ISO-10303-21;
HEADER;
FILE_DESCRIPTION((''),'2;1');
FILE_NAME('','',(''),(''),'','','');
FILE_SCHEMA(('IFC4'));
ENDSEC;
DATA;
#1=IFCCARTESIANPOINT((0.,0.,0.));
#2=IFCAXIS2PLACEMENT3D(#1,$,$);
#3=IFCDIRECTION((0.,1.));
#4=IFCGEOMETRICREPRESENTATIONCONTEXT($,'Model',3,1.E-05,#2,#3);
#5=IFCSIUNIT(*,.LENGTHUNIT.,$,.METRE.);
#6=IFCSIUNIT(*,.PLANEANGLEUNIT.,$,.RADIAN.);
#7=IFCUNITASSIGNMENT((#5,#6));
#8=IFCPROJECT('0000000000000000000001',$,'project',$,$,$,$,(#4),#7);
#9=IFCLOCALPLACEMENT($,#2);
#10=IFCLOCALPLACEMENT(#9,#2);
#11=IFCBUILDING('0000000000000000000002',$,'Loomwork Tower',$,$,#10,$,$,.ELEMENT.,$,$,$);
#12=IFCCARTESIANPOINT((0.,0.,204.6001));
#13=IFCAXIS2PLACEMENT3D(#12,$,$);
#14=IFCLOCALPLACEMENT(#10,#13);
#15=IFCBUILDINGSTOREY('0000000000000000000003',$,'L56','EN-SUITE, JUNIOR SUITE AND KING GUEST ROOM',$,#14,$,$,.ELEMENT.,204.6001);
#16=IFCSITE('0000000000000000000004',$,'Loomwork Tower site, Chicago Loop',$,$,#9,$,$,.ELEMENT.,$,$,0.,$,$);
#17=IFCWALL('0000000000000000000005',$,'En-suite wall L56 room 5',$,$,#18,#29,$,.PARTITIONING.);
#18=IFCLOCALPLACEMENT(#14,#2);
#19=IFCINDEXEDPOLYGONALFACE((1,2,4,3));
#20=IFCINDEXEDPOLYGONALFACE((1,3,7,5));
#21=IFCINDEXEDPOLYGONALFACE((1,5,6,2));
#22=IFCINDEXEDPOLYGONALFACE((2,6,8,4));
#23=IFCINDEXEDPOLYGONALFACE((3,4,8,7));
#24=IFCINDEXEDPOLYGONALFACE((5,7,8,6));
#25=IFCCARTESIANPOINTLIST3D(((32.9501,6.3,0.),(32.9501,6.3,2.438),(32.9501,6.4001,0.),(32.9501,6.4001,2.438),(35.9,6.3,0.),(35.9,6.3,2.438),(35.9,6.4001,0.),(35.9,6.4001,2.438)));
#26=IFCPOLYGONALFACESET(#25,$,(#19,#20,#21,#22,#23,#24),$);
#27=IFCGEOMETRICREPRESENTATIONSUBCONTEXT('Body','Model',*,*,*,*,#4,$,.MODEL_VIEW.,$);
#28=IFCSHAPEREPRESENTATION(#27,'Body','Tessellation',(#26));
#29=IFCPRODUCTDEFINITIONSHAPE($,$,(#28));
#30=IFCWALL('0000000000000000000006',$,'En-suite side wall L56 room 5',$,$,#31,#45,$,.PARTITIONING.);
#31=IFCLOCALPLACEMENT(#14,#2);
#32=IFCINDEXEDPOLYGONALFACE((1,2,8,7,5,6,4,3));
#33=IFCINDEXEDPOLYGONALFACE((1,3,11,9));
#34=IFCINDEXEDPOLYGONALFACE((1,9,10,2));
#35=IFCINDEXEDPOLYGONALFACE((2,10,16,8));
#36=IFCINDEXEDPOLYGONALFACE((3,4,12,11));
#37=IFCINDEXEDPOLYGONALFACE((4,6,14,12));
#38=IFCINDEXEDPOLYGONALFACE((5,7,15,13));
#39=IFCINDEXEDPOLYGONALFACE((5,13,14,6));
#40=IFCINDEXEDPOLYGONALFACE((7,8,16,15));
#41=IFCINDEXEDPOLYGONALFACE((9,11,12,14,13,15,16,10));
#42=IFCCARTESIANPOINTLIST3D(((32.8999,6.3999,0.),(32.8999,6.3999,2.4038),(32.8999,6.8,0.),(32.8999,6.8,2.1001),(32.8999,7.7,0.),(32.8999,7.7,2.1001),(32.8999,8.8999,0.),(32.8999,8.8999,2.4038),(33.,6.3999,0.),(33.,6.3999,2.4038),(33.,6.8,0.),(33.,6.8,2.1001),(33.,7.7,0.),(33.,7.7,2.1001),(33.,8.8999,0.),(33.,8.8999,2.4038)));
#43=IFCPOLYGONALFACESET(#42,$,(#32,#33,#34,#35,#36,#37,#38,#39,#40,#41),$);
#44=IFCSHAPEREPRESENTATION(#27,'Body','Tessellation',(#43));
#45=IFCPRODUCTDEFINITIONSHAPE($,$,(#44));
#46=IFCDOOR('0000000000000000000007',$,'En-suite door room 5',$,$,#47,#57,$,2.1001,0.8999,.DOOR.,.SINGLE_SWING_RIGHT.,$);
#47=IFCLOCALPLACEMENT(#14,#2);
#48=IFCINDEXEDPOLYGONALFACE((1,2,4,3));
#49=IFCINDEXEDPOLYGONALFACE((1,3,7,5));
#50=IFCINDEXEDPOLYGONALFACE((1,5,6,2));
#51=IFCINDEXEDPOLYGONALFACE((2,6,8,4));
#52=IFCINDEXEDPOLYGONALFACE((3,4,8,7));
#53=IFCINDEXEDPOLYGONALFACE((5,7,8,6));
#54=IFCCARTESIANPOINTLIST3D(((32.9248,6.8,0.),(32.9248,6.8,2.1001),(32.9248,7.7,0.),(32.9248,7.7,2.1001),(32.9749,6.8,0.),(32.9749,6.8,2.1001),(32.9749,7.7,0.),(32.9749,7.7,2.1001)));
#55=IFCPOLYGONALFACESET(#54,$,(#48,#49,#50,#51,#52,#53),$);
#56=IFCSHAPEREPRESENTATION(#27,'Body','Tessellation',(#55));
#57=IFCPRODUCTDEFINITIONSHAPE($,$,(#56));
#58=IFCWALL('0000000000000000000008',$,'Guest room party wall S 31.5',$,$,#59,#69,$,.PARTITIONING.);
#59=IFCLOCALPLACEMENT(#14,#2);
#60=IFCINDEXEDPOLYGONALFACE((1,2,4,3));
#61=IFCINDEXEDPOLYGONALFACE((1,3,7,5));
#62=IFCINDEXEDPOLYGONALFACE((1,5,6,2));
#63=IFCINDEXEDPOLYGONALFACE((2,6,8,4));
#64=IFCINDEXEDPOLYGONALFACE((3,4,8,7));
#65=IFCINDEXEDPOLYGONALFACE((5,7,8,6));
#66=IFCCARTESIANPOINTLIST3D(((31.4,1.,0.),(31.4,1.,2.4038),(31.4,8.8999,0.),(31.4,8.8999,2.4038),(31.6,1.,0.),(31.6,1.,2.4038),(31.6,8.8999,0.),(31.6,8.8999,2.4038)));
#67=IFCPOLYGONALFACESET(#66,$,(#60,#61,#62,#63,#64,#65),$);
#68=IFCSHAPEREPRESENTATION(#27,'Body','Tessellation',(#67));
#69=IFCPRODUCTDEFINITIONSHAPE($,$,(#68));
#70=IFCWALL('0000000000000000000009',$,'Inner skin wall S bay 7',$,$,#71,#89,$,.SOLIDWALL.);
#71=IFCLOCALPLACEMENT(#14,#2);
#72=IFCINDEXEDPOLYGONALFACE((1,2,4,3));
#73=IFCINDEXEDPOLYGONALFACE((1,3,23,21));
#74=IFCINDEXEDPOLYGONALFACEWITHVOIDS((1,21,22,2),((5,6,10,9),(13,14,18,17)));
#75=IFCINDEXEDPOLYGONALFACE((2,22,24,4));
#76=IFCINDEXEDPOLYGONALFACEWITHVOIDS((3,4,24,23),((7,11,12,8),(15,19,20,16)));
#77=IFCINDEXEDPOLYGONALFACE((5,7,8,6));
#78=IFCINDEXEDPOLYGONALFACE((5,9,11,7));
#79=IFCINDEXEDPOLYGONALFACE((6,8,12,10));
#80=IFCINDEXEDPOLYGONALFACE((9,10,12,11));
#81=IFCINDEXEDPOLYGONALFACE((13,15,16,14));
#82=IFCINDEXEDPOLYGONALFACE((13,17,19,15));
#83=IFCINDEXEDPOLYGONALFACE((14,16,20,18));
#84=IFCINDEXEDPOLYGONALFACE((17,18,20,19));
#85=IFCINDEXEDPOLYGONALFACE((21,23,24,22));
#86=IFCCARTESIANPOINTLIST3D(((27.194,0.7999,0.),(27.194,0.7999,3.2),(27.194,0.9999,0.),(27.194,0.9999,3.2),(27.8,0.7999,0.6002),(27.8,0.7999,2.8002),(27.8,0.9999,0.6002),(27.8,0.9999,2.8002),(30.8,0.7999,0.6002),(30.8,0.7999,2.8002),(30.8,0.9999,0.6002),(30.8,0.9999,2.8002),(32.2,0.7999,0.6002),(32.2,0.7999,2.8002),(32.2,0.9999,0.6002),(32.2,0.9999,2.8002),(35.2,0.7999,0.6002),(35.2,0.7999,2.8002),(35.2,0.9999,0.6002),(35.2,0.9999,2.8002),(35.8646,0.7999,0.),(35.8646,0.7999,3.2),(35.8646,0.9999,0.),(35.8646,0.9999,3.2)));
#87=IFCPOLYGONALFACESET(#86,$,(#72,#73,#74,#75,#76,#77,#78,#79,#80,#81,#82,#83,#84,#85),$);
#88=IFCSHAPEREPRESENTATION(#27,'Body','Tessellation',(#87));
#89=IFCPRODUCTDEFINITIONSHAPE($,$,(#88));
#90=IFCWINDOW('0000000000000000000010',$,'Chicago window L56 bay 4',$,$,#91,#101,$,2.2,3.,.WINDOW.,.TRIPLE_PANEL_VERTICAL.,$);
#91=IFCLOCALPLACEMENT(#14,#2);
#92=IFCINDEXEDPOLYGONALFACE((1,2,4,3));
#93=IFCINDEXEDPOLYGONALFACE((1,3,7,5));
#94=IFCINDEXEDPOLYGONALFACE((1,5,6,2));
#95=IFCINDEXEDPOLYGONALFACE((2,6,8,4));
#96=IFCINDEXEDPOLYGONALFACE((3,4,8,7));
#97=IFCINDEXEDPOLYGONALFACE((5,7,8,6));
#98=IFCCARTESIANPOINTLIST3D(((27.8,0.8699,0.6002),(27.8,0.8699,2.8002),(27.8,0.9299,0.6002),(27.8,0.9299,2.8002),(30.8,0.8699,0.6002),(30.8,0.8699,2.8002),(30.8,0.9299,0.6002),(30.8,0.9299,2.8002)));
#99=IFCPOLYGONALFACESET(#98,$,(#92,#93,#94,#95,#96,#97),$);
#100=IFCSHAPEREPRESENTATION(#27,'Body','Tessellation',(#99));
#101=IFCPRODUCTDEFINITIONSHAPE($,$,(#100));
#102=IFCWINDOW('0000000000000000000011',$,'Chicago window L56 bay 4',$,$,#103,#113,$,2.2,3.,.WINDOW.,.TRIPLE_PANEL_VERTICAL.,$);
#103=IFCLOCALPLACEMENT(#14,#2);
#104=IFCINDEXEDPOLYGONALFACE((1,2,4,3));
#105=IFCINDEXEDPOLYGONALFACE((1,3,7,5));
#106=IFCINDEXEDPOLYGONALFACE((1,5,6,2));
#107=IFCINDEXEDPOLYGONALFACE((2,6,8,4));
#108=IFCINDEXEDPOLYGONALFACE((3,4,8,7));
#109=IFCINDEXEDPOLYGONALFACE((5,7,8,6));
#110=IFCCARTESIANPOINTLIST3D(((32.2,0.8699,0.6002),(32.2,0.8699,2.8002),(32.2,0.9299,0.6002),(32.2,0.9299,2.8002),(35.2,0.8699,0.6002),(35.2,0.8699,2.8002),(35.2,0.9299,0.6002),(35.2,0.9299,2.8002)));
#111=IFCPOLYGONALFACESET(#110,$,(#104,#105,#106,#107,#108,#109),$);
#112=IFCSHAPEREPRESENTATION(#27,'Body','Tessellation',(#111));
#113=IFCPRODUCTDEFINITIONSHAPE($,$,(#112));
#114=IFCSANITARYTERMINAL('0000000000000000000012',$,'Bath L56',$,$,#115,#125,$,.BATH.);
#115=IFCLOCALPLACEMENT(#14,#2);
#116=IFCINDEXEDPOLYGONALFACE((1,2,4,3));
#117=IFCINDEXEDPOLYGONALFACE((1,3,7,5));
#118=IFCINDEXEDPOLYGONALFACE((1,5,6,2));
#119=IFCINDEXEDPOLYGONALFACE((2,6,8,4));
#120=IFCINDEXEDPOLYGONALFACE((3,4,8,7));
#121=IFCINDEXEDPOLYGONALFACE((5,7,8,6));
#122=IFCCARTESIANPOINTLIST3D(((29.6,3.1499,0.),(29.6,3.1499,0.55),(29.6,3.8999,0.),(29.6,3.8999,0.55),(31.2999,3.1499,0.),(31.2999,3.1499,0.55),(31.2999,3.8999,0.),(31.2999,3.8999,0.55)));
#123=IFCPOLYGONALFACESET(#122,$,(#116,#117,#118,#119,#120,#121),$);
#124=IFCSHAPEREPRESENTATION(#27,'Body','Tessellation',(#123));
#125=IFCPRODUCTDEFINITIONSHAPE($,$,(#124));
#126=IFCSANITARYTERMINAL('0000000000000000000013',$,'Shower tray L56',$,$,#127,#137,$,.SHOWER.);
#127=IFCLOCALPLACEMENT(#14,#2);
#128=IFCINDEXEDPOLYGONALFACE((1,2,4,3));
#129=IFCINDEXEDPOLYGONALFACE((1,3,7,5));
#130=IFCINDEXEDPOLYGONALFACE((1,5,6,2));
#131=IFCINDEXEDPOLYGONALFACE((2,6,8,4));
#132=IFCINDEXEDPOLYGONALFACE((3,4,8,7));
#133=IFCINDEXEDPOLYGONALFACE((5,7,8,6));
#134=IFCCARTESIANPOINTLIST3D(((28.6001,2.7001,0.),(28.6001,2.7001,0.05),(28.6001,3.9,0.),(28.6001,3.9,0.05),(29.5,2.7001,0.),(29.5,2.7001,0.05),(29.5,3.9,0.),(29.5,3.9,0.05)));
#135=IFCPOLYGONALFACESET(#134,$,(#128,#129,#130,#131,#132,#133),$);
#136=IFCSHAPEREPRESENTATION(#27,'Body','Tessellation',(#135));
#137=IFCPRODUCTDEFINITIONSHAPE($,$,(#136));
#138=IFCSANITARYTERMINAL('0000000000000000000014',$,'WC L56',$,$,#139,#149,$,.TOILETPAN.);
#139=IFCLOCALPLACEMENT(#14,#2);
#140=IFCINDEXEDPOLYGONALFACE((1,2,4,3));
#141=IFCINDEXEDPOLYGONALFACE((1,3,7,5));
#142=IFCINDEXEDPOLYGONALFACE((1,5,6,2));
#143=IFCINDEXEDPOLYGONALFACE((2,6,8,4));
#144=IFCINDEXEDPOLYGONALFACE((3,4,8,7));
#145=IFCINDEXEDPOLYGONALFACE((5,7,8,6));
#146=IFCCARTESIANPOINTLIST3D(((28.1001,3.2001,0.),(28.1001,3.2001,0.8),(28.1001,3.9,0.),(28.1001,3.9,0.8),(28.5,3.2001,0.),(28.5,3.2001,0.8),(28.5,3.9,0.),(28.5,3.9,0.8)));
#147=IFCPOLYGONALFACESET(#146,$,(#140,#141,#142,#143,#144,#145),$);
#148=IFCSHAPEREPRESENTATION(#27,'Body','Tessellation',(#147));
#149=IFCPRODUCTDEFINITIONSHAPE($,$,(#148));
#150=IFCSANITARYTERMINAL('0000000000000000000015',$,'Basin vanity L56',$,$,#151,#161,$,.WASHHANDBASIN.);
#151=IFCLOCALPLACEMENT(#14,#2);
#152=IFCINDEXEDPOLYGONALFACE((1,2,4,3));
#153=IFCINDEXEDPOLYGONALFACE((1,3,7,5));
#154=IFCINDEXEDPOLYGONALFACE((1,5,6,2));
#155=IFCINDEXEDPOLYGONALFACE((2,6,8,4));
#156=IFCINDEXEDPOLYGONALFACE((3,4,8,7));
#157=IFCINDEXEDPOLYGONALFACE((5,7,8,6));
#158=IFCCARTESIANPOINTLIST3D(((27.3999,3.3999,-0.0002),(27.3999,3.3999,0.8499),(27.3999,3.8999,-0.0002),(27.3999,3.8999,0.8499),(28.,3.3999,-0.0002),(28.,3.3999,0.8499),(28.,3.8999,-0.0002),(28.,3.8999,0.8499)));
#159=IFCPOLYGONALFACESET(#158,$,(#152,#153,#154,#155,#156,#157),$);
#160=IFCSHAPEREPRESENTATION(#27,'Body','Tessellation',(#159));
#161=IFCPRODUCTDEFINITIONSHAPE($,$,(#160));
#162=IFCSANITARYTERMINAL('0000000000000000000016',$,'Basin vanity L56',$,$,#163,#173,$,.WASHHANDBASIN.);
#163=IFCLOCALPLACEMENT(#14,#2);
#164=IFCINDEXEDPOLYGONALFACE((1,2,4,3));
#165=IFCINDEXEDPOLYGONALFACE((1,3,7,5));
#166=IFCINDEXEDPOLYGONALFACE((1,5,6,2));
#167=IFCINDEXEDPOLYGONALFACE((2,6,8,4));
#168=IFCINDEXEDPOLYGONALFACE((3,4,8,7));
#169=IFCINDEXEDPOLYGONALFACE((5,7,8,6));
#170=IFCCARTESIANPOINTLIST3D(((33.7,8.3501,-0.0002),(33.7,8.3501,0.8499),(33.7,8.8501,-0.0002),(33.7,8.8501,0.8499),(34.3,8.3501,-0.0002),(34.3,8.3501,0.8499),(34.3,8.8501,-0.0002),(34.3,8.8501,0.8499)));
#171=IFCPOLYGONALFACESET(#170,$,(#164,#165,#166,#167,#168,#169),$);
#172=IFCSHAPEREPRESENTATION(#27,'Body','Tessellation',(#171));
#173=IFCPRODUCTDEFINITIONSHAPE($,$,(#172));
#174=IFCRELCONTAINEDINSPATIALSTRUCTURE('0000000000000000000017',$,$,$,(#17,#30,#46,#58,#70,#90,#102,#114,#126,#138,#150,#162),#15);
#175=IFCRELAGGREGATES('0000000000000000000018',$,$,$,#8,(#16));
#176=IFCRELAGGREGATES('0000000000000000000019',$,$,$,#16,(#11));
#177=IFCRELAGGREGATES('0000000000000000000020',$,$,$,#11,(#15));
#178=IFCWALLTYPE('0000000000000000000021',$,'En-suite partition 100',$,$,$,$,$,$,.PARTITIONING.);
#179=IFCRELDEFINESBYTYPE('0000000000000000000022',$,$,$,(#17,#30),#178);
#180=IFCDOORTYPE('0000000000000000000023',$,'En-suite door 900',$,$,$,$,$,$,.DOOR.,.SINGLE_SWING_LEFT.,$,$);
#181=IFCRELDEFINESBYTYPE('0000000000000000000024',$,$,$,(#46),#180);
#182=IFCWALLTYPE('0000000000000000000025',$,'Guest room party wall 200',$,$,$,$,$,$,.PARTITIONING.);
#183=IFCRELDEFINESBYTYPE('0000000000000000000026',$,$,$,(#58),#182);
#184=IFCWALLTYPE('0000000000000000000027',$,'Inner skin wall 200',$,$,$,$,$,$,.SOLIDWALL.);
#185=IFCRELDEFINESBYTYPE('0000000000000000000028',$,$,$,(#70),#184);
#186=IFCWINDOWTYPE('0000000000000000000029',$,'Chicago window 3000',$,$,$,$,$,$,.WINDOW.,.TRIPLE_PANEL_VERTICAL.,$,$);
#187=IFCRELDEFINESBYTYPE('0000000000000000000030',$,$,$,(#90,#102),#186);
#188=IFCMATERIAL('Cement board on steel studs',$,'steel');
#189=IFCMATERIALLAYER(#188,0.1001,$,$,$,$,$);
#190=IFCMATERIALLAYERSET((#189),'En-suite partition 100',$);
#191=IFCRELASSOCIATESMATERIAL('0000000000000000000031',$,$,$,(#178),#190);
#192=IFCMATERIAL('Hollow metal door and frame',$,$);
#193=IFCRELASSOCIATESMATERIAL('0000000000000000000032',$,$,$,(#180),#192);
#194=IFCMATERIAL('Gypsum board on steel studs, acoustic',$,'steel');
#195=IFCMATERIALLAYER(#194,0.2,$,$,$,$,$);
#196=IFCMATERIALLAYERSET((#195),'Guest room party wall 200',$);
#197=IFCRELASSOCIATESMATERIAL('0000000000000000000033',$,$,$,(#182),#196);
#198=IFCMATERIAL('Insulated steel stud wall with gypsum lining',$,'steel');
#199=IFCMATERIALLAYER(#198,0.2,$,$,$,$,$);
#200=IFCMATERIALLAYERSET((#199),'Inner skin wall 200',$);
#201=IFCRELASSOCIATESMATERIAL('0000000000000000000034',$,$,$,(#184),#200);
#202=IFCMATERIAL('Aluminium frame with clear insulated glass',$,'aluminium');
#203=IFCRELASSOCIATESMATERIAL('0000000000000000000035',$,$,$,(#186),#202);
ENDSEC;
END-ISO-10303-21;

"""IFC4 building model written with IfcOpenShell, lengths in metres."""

from ifc_helpers import new_model, si_unit, direction, frame, frame_2d, origin, origin_2d, place, context, subcontext, project, spatial, rectangle, extrude, material, layer, layer_set, type_object, element, fill, save


model = new_model("IFC4")

# Units and contexts
model_context = context("Model", 3, precision=1e-05, world=origin(), true_north=direction((0.0, 1.0)))
body_context = subcontext(model_context, "Body", "Model", "MODEL_VIEW")
ifc_project = project(units=[si_unit("LENGTHUNIT", "METRE"), si_unit("PLANEANGLEUNIT", "RADIAN")], contexts=[model_context])

# Site, building, storey
site_placement = place(None, origin())
site = spatial("IfcSite", under=ifc_project, at=site_placement, Name="Loomwork Tower site, Chicago Loop", CompositionType="ELEMENT", RefElevation=0.0)
building_placement = place(site_placement, origin())
building = spatial("IfcBuilding", under=site, at=building_placement, Name="Loomwork Tower", CompositionType="ELEMENT")
storey_placement = place(building_placement, frame((0.0, 0.0, 204.6001)))
storey = spatial("IfcBuildingStorey", under=building, at=storey_placement, Name="L56", Description="EN-SUITE, JUNIOR SUITE AND KING GUEST ROOM", CompositionType="ELEMENT", Elevation=204.6001)

# Wall
ifc_material_1 = material(Name="Cement board on steel studs", Category="steel")
ifc_layer_1 = layer(ifc_material_1, 0.1001)
ifc_layer_set_1 = layer_set([ifc_layer_1], Name="En-suite partition 100")
wall_type_1 = type_object("IfcWallType", Name="En-suite partition 100", PredefinedType="PARTITIONING", material=ifc_layer_set_1)
wall_1_placement = place(storey_placement, frame((32.95, 6.3501, 0.0), z_axis=(0.0, 0.0, 1.0), x_axis=(1.0, 0.0, 0.0)))
element("IfcWall", 1, at=wall_1_placement, inside=storey, type_object=wall_type_1, Name="En-suite wall L56 room 5", PredefinedType="PARTITIONING", context=body_context, shape_type="SweptSolid", body=[
    extrude(rectangle(XDim=2.95, YDim=0.1001, at=frame_2d((1.4751, 0.0))), origin(), (0.0, 0.0, 1.0), 2.438),
])

# Wall, opening, door
wall_2_placement = place(storey_placement, frame((32.95, 8.8999, 0.0), z_axis=(0.0, 0.0, 1.0), x_axis=(0.0, -1.0, 0.0)))
wall_2 = element("IfcWall", 2, at=wall_2_placement, inside=storey, type_object=wall_type_1, Name="En-suite side wall L56 room 5", PredefinedType="PARTITIONING", context=body_context, shape_type="SweptSolid", body=[
    extrude(rectangle(XDim=2.5, YDim=0.1001, at=frame_2d((1.25, 0.0))), origin(), (0.0, 0.0, 1.0), 2.4038),
])
opening_1_placement = place(wall_2_placement, frame((1.2, 0.0, 0.0)))
opening_1 = element("IfcOpeningElement", 3, at=opening_1_placement, cuts=wall_2, PredefinedType="OPENING", context=body_context, shape_type="SweptSolid", body=[
    extrude(rectangle(XDim=0.8999, YDim=2.1001, at=frame_2d((0.45, 1.05))), frame((0.0, 0.0601, 0.0), z_axis=(0.0, -1.0, 0.0), x_axis=(1.0, 0.0, 0.0)), (0.0, 0.0, 1.0), 0.1201),
])
ifc_material_2 = material(Name="Hollow metal door and frame")
door_type_1 = type_object("IfcDoorType", Name="En-suite door 900", OperationType="SINGLE_SWING_LEFT", PredefinedType="DOOR", material=ifc_material_2)
door_1_placement = place(opening_1_placement, origin())
door_1 = element("IfcDoor", 4, at=door_1_placement, inside=storey, type_object=door_type_1, Name="En-suite door room 5", OperationType="SINGLE_SWING_RIGHT", OverallHeight=2.1001, OverallWidth=0.8999, PredefinedType="DOOR", context=body_context, shape_type="SweptSolid", body=[
    extrude(rectangle(XDim=0.8999, YDim=2.1001, at=frame_2d((0.45, 1.05))), frame((0.0, 0.0249, 0.0), z_axis=(0.0, -1.0, 0.0), x_axis=(1.0, 0.0, 0.0)), (0.0, 0.0, 1.0), 0.05),
])
fill(opening_1, door_1)

# Wall
ifc_material_3 = material(Name="Gypsum board on steel studs, acoustic", Category="steel")
ifc_layer_2 = layer(ifc_material_3, 0.2)
ifc_layer_set_2 = layer_set([ifc_layer_2], Name="Guest room party wall 200")
wall_type_2 = type_object("IfcWallType", Name="Guest room party wall 200", PredefinedType="PARTITIONING", material=ifc_layer_set_2)
wall_3_placement = place(storey_placement, frame((31.5, 8.8999, 0.0), z_axis=(0.0, 0.0, 1.0), x_axis=(0.0, -1.0, 0.0)))
element("IfcWall", 5, at=wall_3_placement, inside=storey, type_object=wall_type_2, Name="Guest room party wall S 31.5", PredefinedType="PARTITIONING", context=body_context, shape_type="SweptSolid", body=[
    extrude(rectangle(XDim=7.8999, YDim=0.2, at=frame_2d((3.95, 0.0))), origin(), (0.0, 0.0, 1.0), 2.4038),
])

# Wall, openings, windows
ifc_material_4 = material(Name="Insulated steel stud wall with gypsum lining", Category="steel")
ifc_layer_3 = layer(ifc_material_4, 0.2)
ifc_layer_set_3 = layer_set([ifc_layer_3], Name="Inner skin wall 200")
wall_type_3 = type_object("IfcWallType", Name="Inner skin wall 200", PredefinedType="SOLIDWALL", material=ifc_layer_set_3)
wall_4_placement = place(storey_placement, frame((27.1938, 0.8999, 0.0), z_axis=(0.0, 0.0, 1.0), x_axis=(1.0, 0.0, 0.0)))
wall_4 = element("IfcWall", 6, at=wall_4_placement, inside=storey, type_object=wall_type_3, Name="Inner skin wall S bay 7", PredefinedType="SOLIDWALL", context=body_context, shape_type="SweptSolid", body=[
    extrude(rectangle(XDim=8.6707, YDim=0.2, at=frame_2d((4.3354, 0.0))), origin(), (0.0, 0.0, 1.0), 3.2),
])
opening_2_placement = place(wall_4_placement, frame((0.6062, 0.0, 0.6001)))
opening_2 = element("IfcOpeningElement", 7, at=opening_2_placement, cuts=wall_4, PredefinedType="OPENING", context=body_context, shape_type="SweptSolid", body=[
    extrude(rectangle(XDim=3.0, YDim=2.2, at=frame_2d((1.5, 1.1001))), frame((0.0, 0.1099, 0.0), z_axis=(0.0, -1.0, 0.0), x_axis=(1.0, 0.0, 0.0)), (0.0, 0.0, 1.0), 0.22),
])
opening_3_placement = place(wall_4_placement, frame((5.0061, 0.0, 0.6001)))
opening_3 = element("IfcOpeningElement", 8, at=opening_3_placement, cuts=wall_4, PredefinedType="OPENING", context=body_context, shape_type="SweptSolid", body=[
    extrude(rectangle(XDim=3.0, YDim=2.2, at=frame_2d((1.5, 1.1001))), frame((0.0, 0.1099, 0.0), z_axis=(0.0, -1.0, 0.0), x_axis=(1.0, 0.0, 0.0)), (0.0, 0.0, 1.0), 0.22),
])
ifc_material_5 = material(Name="Aluminium frame with clear insulated glass", Category="aluminium")
window_type = type_object("IfcWindowType", Name="Chicago window 3000", PartitioningType="TRIPLE_PANEL_VERTICAL", PredefinedType="WINDOW", material=ifc_material_5)
window_1_placement = place(opening_2_placement, origin())
window_1 = element("IfcWindow", 9, at=window_1_placement, inside=storey, type_object=window_type, Name="Chicago window L56 bay 4", OverallHeight=2.2, OverallWidth=3.0, PartitioningType="TRIPLE_PANEL_VERTICAL", PredefinedType="WINDOW", context=body_context, shape_type="SweptSolid", body=[
    extrude(rectangle(XDim=3.0, YDim=2.2, at=frame_2d((1.5, 1.1001))), frame((0.0, 0.03, 0.0), z_axis=(0.0, -1.0, 0.0), x_axis=(1.0, 0.0, 0.0)), (0.0, 0.0, 1.0), 0.0601),
])
fill(opening_2, window_1)
window_2_placement = place(opening_3_placement, origin())
window_2 = element("IfcWindow", 10, at=window_2_placement, inside=storey, type_object=window_type, Name="Chicago window L56 bay 4", OverallHeight=2.2, OverallWidth=3.0, PartitioningType="TRIPLE_PANEL_VERTICAL", PredefinedType="WINDOW", context=body_context, shape_type="SweptSolid", body=[
    extrude(rectangle(XDim=3.0, YDim=2.2, at=frame_2d((1.5, 1.1001))), frame((0.0, 0.03, 0.0), z_axis=(0.0, -1.0, 0.0), x_axis=(1.0, 0.0, 0.0)), (0.0, 0.0, 1.0), 0.0601),
])
fill(opening_3, window_2)

# Sanitary terminals
sanitary_terminal_1_placement = place(storey_placement, frame((30.45, 3.5249, 0.0), z_axis=(0.0, 0.0, 1.0), x_axis=(1.0, 0.0, 0.0)))
element("IfcSanitaryTerminal", 11, at=sanitary_terminal_1_placement, inside=storey, Name="Bath L56", PredefinedType="BATH", context=body_context, shape_type="SweptSolid", body=[
    extrude(rectangle(XDim=1.7, YDim=0.75, at=origin_2d()), origin(), (0.0, 0.0, 1.0), 0.55),
])
sanitary_terminal_2_placement = place(storey_placement, frame((29.05, 3.3, 0.0), z_axis=(0.0, 0.0, 1.0), x_axis=(1.0, 0.0, 0.0)))
element("IfcSanitaryTerminal", 12, at=sanitary_terminal_2_placement, inside=storey, Name="Shower tray L56", PredefinedType="SHOWER", context=body_context, shape_type="SweptSolid", body=[
    extrude(rectangle(XDim=0.8999, YDim=1.2, at=origin_2d()), origin(), (0.0, 0.0, 1.0), 0.05),
])
sanitary_terminal_3_placement = place(storey_placement, frame((28.3, 3.55, 0.0), z_axis=(0.0, 0.0, 1.0), x_axis=(1.0, 0.0, 0.0)))
element("IfcSanitaryTerminal", 13, at=sanitary_terminal_3_placement, inside=storey, Name="WC L56", PredefinedType="TOILETPAN", context=body_context, shape_type="SweptSolid", body=[
    extrude(rectangle(XDim=0.3999, YDim=0.7, at=origin_2d()), origin(), (0.0, 0.0, 1.0), 0.8),
])
for number, where, z_axis, x_axis, name in (
    (14, (27.7, 3.6499, -0.0002), (0.0, 0.0, 1.0), (1.0, 0.0, 0.0), "Basin vanity L56"),
    (15, (34.0, 8.6001, -0.0002), (0.0, 0.0, 1.0), (1.0, 0.0, 0.0), "Basin vanity L56"),
):
    element("IfcSanitaryTerminal", number, at=place(storey_placement, frame(where, z_axis=z_axis, x_axis=x_axis)), inside=storey, Name=name, PredefinedType="WASHHANDBASIN", context=body_context, shape_type="SweptSolid", body=[
        extrude(rectangle(XDim=0.6001, YDim=0.5, at=origin_2d()), origin(), (0.0, 0.0, 1.0), 0.8501),
    ])

save(model, "model.ifc")
